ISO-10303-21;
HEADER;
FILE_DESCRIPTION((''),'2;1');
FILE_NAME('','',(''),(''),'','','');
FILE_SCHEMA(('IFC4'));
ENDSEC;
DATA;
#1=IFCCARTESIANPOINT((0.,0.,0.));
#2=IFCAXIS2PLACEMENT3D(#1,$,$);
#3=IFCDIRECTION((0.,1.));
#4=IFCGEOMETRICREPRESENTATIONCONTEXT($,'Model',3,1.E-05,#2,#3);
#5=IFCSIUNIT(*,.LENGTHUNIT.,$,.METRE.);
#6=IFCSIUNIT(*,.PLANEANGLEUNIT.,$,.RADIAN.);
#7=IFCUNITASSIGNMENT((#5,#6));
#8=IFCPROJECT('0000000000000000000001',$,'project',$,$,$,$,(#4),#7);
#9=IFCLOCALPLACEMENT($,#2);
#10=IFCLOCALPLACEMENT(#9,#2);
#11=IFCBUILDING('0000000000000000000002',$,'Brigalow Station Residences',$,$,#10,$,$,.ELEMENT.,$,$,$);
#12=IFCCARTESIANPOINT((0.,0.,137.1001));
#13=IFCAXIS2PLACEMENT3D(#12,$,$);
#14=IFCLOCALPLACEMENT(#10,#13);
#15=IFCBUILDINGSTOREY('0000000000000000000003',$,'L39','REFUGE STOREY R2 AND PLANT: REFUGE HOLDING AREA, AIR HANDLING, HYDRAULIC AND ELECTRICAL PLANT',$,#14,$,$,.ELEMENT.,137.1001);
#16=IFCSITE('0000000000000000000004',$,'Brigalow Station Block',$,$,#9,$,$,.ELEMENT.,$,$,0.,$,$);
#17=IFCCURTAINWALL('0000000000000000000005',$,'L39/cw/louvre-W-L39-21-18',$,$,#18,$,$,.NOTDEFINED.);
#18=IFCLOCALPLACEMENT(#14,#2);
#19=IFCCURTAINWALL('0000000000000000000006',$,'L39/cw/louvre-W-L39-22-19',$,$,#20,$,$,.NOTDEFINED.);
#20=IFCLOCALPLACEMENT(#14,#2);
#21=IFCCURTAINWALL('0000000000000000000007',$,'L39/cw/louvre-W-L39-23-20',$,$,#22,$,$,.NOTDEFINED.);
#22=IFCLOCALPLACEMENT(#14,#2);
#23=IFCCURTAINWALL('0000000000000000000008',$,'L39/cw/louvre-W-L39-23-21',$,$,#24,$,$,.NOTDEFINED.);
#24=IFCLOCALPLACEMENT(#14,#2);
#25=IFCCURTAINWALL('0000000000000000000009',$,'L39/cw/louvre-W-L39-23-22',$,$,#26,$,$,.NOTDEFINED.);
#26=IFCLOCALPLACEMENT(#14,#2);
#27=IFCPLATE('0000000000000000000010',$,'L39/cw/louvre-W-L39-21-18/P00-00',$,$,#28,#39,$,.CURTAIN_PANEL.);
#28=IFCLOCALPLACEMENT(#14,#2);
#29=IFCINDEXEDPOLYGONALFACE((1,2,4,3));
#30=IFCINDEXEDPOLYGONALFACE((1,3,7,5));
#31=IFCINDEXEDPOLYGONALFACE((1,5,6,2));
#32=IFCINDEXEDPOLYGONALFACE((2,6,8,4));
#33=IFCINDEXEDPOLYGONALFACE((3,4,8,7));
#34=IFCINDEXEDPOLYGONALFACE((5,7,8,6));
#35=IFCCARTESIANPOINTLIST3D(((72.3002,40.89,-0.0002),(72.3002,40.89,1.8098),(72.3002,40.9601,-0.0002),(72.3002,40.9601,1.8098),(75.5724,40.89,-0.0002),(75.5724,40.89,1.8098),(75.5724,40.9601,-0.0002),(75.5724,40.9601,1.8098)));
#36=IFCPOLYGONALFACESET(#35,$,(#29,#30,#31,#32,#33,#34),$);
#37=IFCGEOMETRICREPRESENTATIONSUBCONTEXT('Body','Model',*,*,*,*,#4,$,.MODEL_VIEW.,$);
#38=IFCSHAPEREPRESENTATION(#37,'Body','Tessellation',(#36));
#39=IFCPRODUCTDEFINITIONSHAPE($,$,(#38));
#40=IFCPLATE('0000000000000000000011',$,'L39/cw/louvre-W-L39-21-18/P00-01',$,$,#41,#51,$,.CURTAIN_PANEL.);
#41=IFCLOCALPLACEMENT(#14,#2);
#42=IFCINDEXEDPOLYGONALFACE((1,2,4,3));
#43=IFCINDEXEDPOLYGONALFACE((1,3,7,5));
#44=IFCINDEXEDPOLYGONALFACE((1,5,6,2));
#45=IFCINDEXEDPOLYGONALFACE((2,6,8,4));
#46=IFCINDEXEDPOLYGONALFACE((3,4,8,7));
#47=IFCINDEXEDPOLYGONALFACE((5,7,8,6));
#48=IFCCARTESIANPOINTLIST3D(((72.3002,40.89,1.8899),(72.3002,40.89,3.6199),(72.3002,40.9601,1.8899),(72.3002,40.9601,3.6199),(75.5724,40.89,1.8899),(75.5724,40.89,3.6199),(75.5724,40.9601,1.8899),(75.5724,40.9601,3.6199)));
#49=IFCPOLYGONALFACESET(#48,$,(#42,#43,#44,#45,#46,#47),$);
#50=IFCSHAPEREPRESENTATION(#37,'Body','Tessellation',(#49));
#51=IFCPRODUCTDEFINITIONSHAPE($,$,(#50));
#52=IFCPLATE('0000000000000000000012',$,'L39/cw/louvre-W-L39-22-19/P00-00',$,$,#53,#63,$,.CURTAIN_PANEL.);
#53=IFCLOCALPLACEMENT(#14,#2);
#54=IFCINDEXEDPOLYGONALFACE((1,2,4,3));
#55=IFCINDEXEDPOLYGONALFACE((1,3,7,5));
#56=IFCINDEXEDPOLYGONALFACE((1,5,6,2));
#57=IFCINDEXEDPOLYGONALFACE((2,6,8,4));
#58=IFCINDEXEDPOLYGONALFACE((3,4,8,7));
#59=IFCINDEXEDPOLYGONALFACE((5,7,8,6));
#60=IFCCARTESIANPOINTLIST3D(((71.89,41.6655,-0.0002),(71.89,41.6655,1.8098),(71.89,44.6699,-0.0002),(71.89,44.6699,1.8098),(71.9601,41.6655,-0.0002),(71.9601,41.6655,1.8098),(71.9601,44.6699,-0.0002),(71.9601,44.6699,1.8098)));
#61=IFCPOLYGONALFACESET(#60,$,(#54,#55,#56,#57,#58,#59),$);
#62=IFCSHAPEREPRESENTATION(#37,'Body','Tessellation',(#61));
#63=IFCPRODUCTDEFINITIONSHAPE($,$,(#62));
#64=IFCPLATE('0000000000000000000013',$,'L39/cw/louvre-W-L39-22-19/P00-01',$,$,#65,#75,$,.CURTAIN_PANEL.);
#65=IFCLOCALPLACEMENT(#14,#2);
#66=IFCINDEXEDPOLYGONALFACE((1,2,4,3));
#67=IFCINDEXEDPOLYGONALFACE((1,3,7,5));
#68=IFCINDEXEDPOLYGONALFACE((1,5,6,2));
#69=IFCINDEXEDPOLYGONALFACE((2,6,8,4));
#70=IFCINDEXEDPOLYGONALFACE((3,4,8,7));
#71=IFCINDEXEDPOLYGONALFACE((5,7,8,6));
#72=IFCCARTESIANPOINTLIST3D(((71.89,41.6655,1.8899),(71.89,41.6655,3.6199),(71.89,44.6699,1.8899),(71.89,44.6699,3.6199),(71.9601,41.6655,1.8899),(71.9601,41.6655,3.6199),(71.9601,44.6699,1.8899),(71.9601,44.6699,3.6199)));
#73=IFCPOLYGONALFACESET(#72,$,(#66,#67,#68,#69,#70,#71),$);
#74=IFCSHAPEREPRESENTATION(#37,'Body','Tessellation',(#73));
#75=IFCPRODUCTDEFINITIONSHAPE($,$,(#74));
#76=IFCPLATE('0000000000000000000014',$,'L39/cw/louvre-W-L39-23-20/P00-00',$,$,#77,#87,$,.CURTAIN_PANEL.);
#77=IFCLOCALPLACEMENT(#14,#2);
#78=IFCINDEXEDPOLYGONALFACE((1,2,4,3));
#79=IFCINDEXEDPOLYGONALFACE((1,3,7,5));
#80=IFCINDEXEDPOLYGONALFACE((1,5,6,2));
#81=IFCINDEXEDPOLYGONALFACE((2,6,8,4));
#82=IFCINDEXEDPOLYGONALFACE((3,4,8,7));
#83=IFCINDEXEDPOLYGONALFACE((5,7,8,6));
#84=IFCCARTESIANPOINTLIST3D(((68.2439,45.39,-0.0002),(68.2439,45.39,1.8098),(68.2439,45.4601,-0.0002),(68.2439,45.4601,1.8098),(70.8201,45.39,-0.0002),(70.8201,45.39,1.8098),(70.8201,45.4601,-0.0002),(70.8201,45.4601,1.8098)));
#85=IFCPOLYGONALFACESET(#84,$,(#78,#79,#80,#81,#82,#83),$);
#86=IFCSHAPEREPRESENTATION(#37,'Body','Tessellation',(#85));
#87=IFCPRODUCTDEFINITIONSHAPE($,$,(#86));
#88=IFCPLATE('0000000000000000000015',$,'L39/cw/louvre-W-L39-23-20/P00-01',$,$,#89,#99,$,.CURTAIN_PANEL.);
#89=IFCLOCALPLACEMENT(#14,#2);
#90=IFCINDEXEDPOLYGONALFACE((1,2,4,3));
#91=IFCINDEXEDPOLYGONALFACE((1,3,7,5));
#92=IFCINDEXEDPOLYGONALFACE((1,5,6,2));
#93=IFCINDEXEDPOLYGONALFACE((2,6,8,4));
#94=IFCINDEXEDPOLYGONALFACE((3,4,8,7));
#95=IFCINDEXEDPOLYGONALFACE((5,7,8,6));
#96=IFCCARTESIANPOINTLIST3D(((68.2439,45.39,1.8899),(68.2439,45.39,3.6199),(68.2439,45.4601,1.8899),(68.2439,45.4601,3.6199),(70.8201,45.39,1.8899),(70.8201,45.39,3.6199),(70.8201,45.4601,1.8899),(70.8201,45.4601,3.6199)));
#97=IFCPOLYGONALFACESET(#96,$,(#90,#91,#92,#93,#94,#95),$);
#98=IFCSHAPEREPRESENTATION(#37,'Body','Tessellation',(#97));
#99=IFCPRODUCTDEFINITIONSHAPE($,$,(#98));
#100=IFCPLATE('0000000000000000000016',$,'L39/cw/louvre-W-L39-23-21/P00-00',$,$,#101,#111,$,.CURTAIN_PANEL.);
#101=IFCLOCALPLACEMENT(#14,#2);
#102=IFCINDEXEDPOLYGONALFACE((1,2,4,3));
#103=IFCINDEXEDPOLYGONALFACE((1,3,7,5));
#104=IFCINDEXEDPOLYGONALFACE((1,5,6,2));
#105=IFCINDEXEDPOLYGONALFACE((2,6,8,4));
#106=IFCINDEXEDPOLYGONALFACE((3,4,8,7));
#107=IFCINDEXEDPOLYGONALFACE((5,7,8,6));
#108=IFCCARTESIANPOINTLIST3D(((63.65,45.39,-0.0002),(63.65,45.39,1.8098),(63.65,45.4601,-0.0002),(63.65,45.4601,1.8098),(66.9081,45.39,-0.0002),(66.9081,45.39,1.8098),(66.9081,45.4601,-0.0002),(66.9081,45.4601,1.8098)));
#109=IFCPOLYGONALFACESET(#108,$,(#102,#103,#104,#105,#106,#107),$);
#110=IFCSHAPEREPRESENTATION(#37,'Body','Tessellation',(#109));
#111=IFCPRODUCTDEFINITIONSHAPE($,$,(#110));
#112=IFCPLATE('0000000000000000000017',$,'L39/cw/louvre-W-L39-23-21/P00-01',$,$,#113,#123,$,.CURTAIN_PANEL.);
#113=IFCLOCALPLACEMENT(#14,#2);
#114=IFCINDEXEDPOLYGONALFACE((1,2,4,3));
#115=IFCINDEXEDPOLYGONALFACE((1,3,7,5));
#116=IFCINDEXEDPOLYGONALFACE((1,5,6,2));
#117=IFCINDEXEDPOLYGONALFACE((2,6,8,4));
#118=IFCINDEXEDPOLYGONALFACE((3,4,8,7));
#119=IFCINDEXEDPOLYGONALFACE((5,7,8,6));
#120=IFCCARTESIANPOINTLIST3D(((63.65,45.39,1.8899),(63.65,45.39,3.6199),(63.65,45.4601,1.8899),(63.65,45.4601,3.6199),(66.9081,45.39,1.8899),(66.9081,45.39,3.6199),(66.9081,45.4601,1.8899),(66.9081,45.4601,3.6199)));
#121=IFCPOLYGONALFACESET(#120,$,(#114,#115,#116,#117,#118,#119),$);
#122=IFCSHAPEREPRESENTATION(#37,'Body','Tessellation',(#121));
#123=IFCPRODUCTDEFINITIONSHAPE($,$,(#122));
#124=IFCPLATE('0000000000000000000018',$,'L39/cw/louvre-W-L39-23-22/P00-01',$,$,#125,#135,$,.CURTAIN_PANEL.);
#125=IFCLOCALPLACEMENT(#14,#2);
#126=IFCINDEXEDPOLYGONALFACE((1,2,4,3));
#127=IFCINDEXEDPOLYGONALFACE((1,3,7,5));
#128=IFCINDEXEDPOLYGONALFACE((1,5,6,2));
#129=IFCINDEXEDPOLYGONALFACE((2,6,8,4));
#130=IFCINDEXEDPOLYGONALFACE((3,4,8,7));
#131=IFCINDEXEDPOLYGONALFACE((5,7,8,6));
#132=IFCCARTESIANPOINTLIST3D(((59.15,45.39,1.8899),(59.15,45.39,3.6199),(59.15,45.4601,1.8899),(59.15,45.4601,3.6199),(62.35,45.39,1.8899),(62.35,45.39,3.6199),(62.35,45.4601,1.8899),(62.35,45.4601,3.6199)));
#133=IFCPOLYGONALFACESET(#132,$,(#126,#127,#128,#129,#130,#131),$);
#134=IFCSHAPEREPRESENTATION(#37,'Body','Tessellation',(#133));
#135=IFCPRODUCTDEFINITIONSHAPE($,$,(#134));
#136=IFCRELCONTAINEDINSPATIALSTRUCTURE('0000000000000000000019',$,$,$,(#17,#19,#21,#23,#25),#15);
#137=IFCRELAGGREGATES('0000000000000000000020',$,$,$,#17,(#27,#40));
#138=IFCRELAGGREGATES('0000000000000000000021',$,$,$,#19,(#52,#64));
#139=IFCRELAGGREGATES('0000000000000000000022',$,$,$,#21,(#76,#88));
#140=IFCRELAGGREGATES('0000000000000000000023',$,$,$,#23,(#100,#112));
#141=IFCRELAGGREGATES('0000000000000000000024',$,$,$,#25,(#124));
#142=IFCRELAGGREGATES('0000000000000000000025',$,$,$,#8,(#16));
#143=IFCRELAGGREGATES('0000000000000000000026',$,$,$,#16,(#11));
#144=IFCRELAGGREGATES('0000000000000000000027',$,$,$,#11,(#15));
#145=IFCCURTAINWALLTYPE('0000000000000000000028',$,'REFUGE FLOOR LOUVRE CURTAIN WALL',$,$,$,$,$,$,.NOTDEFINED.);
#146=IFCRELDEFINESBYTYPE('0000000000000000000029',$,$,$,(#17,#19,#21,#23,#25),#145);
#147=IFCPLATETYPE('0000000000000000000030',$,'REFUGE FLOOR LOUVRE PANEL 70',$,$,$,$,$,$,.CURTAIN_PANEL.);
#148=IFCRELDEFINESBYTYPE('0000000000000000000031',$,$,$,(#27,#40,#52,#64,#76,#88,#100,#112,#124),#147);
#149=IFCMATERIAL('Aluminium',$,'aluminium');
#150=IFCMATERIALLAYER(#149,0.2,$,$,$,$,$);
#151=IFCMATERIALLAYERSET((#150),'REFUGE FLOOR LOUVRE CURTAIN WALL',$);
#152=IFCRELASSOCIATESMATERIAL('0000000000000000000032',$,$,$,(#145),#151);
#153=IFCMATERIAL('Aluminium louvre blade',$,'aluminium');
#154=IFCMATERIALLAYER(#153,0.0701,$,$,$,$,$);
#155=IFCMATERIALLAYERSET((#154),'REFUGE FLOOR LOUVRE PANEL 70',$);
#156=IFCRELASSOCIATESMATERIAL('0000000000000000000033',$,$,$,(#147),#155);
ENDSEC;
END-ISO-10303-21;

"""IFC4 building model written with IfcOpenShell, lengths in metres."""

from ifc_helpers import new_model, si_unit, direction, frame, origin, origin_2d, place, context, subcontext, project, spatial, rectangle, extrude, material, layer, layer_set, type_object, element, aggregate, save


model = new_model("IFC4")

# Units and contexts
model_context = context("Model", 3, precision=1e-05, world=origin(), true_north=direction((0.0, 1.0)))
body_context = subcontext(model_context, "Body", "Model", "MODEL_VIEW")
ifc_project = project(units=[si_unit("LENGTHUNIT", "METRE"), si_unit("PLANEANGLEUNIT", "RADIAN")], contexts=[model_context])

# Site, building, storey
site_placement = place(None, origin())
site = spatial("IfcSite", under=ifc_project, at=site_placement, Name="Brigalow Station Block", CompositionType="ELEMENT", RefElevation=0.0)
building_placement = place(site_placement, origin())
building = spatial("IfcBuilding", under=site, at=building_placement, Name="Brigalow Station Residences", CompositionType="ELEMENT")
storey_placement = place(building_placement, frame((0.0, 0.0, 137.1001)))
storey = spatial("IfcBuildingStorey", under=building, at=storey_placement, Name="L39", Description="REFUGE STOREY R2 AND PLANT: REFUGE HOLDING AREA, AIR HANDLING, HYDRAULIC AND ELECTRICAL PLANT", CompositionType="ELEMENT", Elevation=137.1001)

# Shared definitions
ifc_material_1 = material(Name="Aluminium", Category="aluminium")
ifc_layer_1 = layer(ifc_material_1, 0.2)
ifc_layer_set_1 = layer_set([ifc_layer_1], Name="REFUGE FLOOR LOUVRE CURTAIN WALL")
curtain_wall_type = type_object("IfcCurtainWallType", Name="REFUGE FLOOR LOUVRE CURTAIN WALL", PredefinedType="NOTDEFINED", material=ifc_layer_set_1)

# Curtain walls
curtain_wall_1_placement = place(storey_placement, origin())
curtain_wall_1 = element("IfcCurtainWall", 1, at=curtain_wall_1_placement, inside=storey, type_object=curtain_wall_type, Name="L39/cw/louvre-W-L39-21-18", PredefinedType="NOTDEFINED")
curtain_wall_2_placement = place(storey_placement, origin())
curtain_wall_2 = element("IfcCurtainWall", 2, at=curtain_wall_2_placement, inside=storey, type_object=curtain_wall_type, Name="L39/cw/louvre-W-L39-22-19", PredefinedType="NOTDEFINED")
curtain_wall_3_placement = place(storey_placement, origin())
curtain_wall_3 = element("IfcCurtainWall", 3, at=curtain_wall_3_placement, inside=storey, type_object=curtain_wall_type, Name="L39/cw/louvre-W-L39-23-20", PredefinedType="NOTDEFINED")
curtain_wall_4_placement = place(storey_placement, origin())
curtain_wall_4 = element("IfcCurtainWall", 4, at=curtain_wall_4_placement, inside=storey, type_object=curtain_wall_type, Name="L39/cw/louvre-W-L39-23-21", PredefinedType="NOTDEFINED")

# Curtain wall
curtain_wall_5_placement = place(storey_placement, origin())
curtain_wall_5 = element("IfcCurtainWall", 5, at=curtain_wall_5_placement, inside=storey, type_object=curtain_wall_type, Name="L39/cw/louvre-W-L39-23-22", PredefinedType="NOTDEFINED")

# Plates
ifc_material_2 = material(Name="Aluminium louvre blade", Category="aluminium")
ifc_layer_2 = layer(ifc_material_2, 0.0701)
ifc_layer_set_2 = layer_set([ifc_layer_2], Name="REFUGE FLOOR LOUVRE PANEL 70")
plate_type = type_object("IfcPlateType", Name="REFUGE FLOOR LOUVRE PANEL 70", PredefinedType="CURTAIN_PANEL", material=ifc_layer_set_2)
plate_1_placement = place(storey_placement, frame((73.9363, 40.925, -0.0002), z_axis=(0.0, 0.0, 1.0), x_axis=(-1.0, 0.0, 0.0)))
plate_1 = element("IfcPlate", 6, at=plate_1_placement, type_object=plate_type, Name="L39/cw/louvre-W-L39-21-18/P00-00", PredefinedType="CURTAIN_PANEL", context=body_context, shape_type="SweptSolid", body=[
    extrude(rectangle(XDim=3.2722, YDim=0.0701, at=origin_2d()), origin(), (0.0, 0.0, 1.0), 1.8101),
])
plate_2_placement = place(storey_placement, frame((73.9363, 40.925, 1.8899), z_axis=(0.0, 0.0, 1.0), x_axis=(-1.0, 0.0, 0.0)))
plate_2 = element("IfcPlate", 7, at=plate_2_placement, type_object=plate_type, Name="L39/cw/louvre-W-L39-21-18/P00-01", PredefinedType="CURTAIN_PANEL", context=body_context, shape_type="SweptSolid", body=[
    extrude(rectangle(XDim=3.2722, YDim=0.0701, at=origin_2d()), origin(), (0.0, 0.0, 1.0), 1.73),
])
aggregate(curtain_wall_1, [plate_1, plate_2])
plate_3_placement = place(storey_placement, frame((71.925, 43.1677, -0.0002), z_axis=(0.0, 0.0, 1.0), x_axis=(0.0, 1.0, 0.0)))
plate_3 = element("IfcPlate", 8, at=plate_3_placement, type_object=plate_type, Name="L39/cw/louvre-W-L39-22-19/P00-00", PredefinedType="CURTAIN_PANEL", context=body_context, shape_type="SweptSolid", body=[
    extrude(rectangle(XDim=3.0044, YDim=0.0701, at=origin_2d()), origin(), (0.0, 0.0, 1.0), 1.8101),
])
plate_4_placement = place(storey_placement, frame((71.925, 43.1677, 1.8899), z_axis=(0.0, 0.0, 1.0), x_axis=(0.0, 1.0, 0.0)))
plate_4 = element("IfcPlate", 9, at=plate_4_placement, type_object=plate_type, Name="L39/cw/louvre-W-L39-22-19/P00-01", PredefinedType="CURTAIN_PANEL", context=body_context, shape_type="SweptSolid", body=[
    extrude(rectangle(XDim=3.0044, YDim=0.0701, at=origin_2d()), origin(), (0.0, 0.0, 1.0), 1.73),
])
aggregate(curtain_wall_2, [plate_3, plate_4])
plate_5_placement = place(storey_placement, frame((69.532, 45.425, -0.0002), z_axis=(0.0, 0.0, 1.0), x_axis=(-1.0, 0.0, 0.0)))
plate_5 = element("IfcPlate", 10, at=plate_5_placement, type_object=plate_type, Name="L39/cw/louvre-W-L39-23-20/P00-00", PredefinedType="CURTAIN_PANEL", context=body_context, shape_type="SweptSolid", body=[
    extrude(rectangle(XDim=2.5762, YDim=0.0701, at=origin_2d()), origin(), (0.0, 0.0, 1.0), 1.8101),
])
plate_6_placement = place(storey_placement, frame((69.532, 45.425, 1.8899), z_axis=(0.0, 0.0, 1.0), x_axis=(-1.0, 0.0, 0.0)))
plate_6 = element("IfcPlate", 11, at=plate_6_placement, type_object=plate_type, Name="L39/cw/louvre-W-L39-23-20/P00-01", PredefinedType="CURTAIN_PANEL", context=body_context, shape_type="SweptSolid", body=[
    extrude(rectangle(XDim=2.5762, YDim=0.0701, at=origin_2d()), origin(), (0.0, 0.0, 1.0), 1.73),
])
aggregate(curtain_wall_3, [plate_5, plate_6])
plate_7_placement = place(storey_placement, frame((65.2791, 45.425, -0.0002), z_axis=(0.0, 0.0, 1.0), x_axis=(-1.0, 0.0, 0.0)))
plate_7 = element("IfcPlate", 12, at=plate_7_placement, type_object=plate_type, Name="L39/cw/louvre-W-L39-23-21/P00-00", PredefinedType="CURTAIN_PANEL", context=body_context, shape_type="SweptSolid", body=[
    extrude(rectangle(XDim=3.2581, YDim=0.0701, at=origin_2d()), origin(), (0.0, 0.0, 1.0), 1.8101),
])
plate_8_placement = place(storey_placement, frame((65.2791, 45.425, 1.8899), z_axis=(0.0, 0.0, 1.0), x_axis=(-1.0, 0.0, 0.0)))
plate_8 = element("IfcPlate", 13, at=plate_8_placement, type_object=plate_type, Name="L39/cw/louvre-W-L39-23-21/P00-01", PredefinedType="CURTAIN_PANEL", context=body_context, shape_type="SweptSolid", body=[
    extrude(rectangle(XDim=3.2581, YDim=0.0701, at=origin_2d()), origin(), (0.0, 0.0, 1.0), 1.73),
])
aggregate(curtain_wall_4, [plate_7, plate_8])
plate_9_placement = place(storey_placement, frame((60.75, 45.425, 1.8899), z_axis=(0.0, 0.0, 1.0), x_axis=(-1.0, 0.0, 0.0)))
plate_9 = element("IfcPlate", 14, at=plate_9_placement, type_object=plate_type, Name="L39/cw/louvre-W-L39-23-22/P00-01", PredefinedType="CURTAIN_PANEL", context=body_context, shape_type="SweptSolid", body=[
    extrude(rectangle(XDim=3.2, YDim=0.0701, at=origin_2d()), origin(), (0.0, 0.0, 1.0), 1.73),
])
aggregate(curtain_wall_5, [plate_9])

save(model, "model.ifc")
